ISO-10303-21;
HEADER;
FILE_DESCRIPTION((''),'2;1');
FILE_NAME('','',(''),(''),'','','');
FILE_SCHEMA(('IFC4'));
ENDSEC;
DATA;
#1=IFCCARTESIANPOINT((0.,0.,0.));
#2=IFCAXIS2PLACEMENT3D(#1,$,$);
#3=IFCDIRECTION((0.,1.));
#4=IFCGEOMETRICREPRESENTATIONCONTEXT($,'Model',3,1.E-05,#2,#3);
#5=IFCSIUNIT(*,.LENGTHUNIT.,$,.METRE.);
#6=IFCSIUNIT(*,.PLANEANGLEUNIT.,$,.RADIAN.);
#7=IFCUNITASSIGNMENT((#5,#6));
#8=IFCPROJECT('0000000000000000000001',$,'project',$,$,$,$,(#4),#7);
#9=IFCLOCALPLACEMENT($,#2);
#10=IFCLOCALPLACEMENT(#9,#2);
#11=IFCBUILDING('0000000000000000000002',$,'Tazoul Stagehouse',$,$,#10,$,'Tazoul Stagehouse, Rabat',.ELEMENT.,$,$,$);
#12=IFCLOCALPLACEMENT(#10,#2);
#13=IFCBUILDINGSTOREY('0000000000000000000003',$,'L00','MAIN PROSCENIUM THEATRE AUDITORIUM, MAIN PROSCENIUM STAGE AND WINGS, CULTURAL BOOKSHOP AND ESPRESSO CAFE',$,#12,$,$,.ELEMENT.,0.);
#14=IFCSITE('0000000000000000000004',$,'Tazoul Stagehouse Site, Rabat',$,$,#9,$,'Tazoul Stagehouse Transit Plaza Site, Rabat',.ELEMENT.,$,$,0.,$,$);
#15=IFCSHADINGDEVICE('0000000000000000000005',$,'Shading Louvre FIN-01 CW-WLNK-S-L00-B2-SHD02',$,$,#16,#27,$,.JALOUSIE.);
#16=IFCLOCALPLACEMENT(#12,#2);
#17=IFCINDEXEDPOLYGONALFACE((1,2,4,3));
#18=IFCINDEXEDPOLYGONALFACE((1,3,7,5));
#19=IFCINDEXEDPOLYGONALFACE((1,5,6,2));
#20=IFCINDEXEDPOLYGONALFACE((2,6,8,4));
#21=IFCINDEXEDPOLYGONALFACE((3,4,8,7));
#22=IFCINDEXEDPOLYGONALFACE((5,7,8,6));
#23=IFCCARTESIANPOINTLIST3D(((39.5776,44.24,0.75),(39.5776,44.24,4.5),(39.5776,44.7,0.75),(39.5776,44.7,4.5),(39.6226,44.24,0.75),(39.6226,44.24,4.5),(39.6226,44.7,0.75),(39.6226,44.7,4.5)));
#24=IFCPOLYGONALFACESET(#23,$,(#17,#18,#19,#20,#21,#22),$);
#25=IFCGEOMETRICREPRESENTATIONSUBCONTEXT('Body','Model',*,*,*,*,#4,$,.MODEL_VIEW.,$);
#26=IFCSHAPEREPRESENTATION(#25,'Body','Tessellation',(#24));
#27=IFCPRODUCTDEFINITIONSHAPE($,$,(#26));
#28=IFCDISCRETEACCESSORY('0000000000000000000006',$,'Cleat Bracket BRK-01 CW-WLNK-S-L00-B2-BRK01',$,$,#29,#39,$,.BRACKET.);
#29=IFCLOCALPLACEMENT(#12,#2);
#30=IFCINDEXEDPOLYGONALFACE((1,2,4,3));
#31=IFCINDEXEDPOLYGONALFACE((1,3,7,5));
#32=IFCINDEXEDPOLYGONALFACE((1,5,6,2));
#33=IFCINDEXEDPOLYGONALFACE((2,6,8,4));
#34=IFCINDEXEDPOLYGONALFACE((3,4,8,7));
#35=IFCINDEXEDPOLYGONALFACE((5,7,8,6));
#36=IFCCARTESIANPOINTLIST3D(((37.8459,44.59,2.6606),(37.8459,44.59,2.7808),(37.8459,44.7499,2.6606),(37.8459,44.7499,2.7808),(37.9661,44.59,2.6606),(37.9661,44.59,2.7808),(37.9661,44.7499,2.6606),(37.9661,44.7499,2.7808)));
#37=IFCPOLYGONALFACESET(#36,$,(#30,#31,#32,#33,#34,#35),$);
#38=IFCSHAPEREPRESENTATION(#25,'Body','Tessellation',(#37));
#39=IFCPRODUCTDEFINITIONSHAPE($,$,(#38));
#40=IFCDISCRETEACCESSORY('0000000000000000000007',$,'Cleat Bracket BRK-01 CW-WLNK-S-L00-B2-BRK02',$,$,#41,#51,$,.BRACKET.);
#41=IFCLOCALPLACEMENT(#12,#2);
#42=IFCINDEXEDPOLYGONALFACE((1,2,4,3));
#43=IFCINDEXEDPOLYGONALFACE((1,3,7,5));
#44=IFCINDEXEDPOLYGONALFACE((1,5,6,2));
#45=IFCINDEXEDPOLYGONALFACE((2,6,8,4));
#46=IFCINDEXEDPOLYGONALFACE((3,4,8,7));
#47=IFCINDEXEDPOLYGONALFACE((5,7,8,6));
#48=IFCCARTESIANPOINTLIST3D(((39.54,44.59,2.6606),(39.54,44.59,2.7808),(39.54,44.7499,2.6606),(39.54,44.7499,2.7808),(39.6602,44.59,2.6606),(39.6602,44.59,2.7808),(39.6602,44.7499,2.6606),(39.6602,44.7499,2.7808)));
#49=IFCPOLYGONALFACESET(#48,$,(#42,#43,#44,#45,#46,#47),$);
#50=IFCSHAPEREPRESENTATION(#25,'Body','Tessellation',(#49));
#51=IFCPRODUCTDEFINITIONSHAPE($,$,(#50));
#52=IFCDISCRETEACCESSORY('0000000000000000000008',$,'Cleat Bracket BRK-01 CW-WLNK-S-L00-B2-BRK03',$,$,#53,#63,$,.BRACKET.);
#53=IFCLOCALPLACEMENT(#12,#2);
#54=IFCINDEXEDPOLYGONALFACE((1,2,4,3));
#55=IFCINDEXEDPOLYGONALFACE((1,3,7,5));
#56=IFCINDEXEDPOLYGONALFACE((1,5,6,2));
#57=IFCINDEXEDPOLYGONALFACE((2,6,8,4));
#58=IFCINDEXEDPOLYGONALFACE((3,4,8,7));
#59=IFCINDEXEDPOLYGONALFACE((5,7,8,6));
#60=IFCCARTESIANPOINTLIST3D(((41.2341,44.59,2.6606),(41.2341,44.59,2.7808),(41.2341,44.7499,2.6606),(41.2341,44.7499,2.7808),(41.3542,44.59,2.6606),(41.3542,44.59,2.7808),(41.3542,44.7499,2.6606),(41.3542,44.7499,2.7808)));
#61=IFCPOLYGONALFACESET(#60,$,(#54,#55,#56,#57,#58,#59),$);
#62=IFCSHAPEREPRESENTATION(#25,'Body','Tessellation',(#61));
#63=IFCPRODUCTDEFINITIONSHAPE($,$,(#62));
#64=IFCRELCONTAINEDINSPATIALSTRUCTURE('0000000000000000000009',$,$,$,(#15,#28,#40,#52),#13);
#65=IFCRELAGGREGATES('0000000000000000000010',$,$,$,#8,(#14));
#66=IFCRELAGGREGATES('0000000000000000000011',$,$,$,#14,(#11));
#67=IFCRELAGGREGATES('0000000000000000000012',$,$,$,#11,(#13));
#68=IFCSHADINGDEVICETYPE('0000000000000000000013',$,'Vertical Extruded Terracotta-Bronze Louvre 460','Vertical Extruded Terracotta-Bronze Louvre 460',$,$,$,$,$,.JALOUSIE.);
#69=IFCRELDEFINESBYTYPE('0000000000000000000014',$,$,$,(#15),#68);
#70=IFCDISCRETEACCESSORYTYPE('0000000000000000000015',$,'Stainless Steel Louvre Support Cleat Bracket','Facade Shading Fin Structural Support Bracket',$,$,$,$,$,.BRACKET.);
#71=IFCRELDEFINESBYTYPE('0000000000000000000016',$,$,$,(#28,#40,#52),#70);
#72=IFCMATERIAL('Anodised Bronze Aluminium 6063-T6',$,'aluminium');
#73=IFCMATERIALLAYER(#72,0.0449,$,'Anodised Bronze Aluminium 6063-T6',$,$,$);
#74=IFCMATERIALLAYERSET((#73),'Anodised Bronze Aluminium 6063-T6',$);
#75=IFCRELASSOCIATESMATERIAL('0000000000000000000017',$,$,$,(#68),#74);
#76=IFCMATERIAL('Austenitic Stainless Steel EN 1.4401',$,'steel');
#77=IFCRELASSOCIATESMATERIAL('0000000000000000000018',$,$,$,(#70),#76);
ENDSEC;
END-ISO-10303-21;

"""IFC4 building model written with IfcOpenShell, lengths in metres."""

from ifc_helpers import new_model, si_unit, direction, frame, origin, origin_2d, place, context, subcontext, project, spatial, rectangle, extrude, material, layer, layer_set, type_object, element, save


model = new_model("IFC4")

# Units and contexts
model_context = context("Model", 3, precision=1e-05, world=origin(), true_north=direction((0.0, 1.0)))
body_context = subcontext(model_context, "Body", "Model", "MODEL_VIEW")
ifc_project = project(units=[si_unit("LENGTHUNIT", "METRE"), si_unit("PLANEANGLEUNIT", "RADIAN")], contexts=[model_context])

# Site, building, storey
site_placement = place(None, origin())
site = spatial("IfcSite", under=ifc_project, at=site_placement, Name="Tazoul Stagehouse Site, Rabat", LongName="Tazoul Stagehouse Transit Plaza Site, Rabat", CompositionType="ELEMENT", RefElevation=0.0)
building_placement = place(site_placement, origin())
building = spatial("IfcBuilding", under=site, at=building_placement, Name="Tazoul Stagehouse", LongName="Tazoul Stagehouse, Rabat", CompositionType="ELEMENT")
storey_placement = place(building_placement, origin())
storey = spatial("IfcBuildingStorey", under=building, at=storey_placement, Name="L00", Description="MAIN PROSCENIUM THEATRE AUDITORIUM, MAIN PROSCENIUM STAGE AND WINGS, CULTURAL BOOKSHOP AND ESPRESSO CAFE", CompositionType="ELEMENT", Elevation=0.0)

# Shared definitions
ifc_material_1 = material(Name="Anodised Bronze Aluminium 6063-T6", Category="aluminium")

# Shading device
ifc_layer_1 = layer(ifc_material_1, 0.0449, Name="Anodised Bronze Aluminium 6063-T6")
ifc_layer_set_1 = layer_set([ifc_layer_1], Name="Anodised Bronze Aluminium 6063-T6")
shading_device_type_1 = type_object("IfcShadingDeviceType", Name="Vertical Extruded Terracotta-Bronze Louvre 460", Description="Vertical Extruded Terracotta-Bronze Louvre 460", PredefinedType="JALOUSIE", material=ifc_layer_set_1)
shading_device_placement = place(storey_placement, frame((39.6001, 44.47, 0.75), z_axis=(0.0, 0.0, 1.0), x_axis=(1.0, 0.0, 0.0)))
element("IfcShadingDevice", 1, at=shading_device_placement, inside=storey, type_object=shading_device_type_1, Name="Shading Louvre FIN-01 CW-WLNK-S-L00-B2-SHD02", PredefinedType="JALOUSIE", context=body_context, shape_type="SweptSolid", body=[
    extrude(rectangle(XDim=0.0449, YDim=0.46, at=origin_2d()), origin(), (0.0, 0.0, 1.0), 3.75),
])

# Discrete accessories
ifc_material_2 = material(Name="Austenitic Stainless Steel EN 1.4401", Category="steel")
discrete_accessory_type = type_object("IfcDiscreteAccessoryType", Name="Stainless Steel Louvre Support Cleat Bracket", Description="Facade Shading Fin Structural Support Bracket", PredefinedType="BRACKET", material=ifc_material_2)
for number, where, z_axis, x_axis, name in (
    (2, (37.906, 44.6699, 2.6606), (0.0, 0.0, 1.0), (1.0, 0.0, 0.0), "Cleat Bracket BRK-01 CW-WLNK-S-L00-B2-BRK01"),
    (3, (39.6001, 44.6699, 2.6606), (0.0, 0.0, 1.0), (1.0, 0.0, 0.0), "Cleat Bracket BRK-01 CW-WLNK-S-L00-B2-BRK02"),
    (4, (41.2942, 44.6699, 2.6606), (0.0, 0.0, 1.0), (1.0, 0.0, 0.0), "Cleat Bracket BRK-01 CW-WLNK-S-L00-B2-BRK03"),
):
    element("IfcDiscreteAccessory", number, at=place(storey_placement, frame(where, z_axis=z_axis, x_axis=x_axis)), inside=storey, type_object=discrete_accessory_type, Name=name, PredefinedType="BRACKET", context=body_context, shape_type="SweptSolid", body=[
        extrude(rectangle(XDim=0.1201, YDim=0.1599, at=origin_2d()), origin(), (0.0, 0.0, 1.0), 0.1201),
    ])

save(model, "model.ifc")
